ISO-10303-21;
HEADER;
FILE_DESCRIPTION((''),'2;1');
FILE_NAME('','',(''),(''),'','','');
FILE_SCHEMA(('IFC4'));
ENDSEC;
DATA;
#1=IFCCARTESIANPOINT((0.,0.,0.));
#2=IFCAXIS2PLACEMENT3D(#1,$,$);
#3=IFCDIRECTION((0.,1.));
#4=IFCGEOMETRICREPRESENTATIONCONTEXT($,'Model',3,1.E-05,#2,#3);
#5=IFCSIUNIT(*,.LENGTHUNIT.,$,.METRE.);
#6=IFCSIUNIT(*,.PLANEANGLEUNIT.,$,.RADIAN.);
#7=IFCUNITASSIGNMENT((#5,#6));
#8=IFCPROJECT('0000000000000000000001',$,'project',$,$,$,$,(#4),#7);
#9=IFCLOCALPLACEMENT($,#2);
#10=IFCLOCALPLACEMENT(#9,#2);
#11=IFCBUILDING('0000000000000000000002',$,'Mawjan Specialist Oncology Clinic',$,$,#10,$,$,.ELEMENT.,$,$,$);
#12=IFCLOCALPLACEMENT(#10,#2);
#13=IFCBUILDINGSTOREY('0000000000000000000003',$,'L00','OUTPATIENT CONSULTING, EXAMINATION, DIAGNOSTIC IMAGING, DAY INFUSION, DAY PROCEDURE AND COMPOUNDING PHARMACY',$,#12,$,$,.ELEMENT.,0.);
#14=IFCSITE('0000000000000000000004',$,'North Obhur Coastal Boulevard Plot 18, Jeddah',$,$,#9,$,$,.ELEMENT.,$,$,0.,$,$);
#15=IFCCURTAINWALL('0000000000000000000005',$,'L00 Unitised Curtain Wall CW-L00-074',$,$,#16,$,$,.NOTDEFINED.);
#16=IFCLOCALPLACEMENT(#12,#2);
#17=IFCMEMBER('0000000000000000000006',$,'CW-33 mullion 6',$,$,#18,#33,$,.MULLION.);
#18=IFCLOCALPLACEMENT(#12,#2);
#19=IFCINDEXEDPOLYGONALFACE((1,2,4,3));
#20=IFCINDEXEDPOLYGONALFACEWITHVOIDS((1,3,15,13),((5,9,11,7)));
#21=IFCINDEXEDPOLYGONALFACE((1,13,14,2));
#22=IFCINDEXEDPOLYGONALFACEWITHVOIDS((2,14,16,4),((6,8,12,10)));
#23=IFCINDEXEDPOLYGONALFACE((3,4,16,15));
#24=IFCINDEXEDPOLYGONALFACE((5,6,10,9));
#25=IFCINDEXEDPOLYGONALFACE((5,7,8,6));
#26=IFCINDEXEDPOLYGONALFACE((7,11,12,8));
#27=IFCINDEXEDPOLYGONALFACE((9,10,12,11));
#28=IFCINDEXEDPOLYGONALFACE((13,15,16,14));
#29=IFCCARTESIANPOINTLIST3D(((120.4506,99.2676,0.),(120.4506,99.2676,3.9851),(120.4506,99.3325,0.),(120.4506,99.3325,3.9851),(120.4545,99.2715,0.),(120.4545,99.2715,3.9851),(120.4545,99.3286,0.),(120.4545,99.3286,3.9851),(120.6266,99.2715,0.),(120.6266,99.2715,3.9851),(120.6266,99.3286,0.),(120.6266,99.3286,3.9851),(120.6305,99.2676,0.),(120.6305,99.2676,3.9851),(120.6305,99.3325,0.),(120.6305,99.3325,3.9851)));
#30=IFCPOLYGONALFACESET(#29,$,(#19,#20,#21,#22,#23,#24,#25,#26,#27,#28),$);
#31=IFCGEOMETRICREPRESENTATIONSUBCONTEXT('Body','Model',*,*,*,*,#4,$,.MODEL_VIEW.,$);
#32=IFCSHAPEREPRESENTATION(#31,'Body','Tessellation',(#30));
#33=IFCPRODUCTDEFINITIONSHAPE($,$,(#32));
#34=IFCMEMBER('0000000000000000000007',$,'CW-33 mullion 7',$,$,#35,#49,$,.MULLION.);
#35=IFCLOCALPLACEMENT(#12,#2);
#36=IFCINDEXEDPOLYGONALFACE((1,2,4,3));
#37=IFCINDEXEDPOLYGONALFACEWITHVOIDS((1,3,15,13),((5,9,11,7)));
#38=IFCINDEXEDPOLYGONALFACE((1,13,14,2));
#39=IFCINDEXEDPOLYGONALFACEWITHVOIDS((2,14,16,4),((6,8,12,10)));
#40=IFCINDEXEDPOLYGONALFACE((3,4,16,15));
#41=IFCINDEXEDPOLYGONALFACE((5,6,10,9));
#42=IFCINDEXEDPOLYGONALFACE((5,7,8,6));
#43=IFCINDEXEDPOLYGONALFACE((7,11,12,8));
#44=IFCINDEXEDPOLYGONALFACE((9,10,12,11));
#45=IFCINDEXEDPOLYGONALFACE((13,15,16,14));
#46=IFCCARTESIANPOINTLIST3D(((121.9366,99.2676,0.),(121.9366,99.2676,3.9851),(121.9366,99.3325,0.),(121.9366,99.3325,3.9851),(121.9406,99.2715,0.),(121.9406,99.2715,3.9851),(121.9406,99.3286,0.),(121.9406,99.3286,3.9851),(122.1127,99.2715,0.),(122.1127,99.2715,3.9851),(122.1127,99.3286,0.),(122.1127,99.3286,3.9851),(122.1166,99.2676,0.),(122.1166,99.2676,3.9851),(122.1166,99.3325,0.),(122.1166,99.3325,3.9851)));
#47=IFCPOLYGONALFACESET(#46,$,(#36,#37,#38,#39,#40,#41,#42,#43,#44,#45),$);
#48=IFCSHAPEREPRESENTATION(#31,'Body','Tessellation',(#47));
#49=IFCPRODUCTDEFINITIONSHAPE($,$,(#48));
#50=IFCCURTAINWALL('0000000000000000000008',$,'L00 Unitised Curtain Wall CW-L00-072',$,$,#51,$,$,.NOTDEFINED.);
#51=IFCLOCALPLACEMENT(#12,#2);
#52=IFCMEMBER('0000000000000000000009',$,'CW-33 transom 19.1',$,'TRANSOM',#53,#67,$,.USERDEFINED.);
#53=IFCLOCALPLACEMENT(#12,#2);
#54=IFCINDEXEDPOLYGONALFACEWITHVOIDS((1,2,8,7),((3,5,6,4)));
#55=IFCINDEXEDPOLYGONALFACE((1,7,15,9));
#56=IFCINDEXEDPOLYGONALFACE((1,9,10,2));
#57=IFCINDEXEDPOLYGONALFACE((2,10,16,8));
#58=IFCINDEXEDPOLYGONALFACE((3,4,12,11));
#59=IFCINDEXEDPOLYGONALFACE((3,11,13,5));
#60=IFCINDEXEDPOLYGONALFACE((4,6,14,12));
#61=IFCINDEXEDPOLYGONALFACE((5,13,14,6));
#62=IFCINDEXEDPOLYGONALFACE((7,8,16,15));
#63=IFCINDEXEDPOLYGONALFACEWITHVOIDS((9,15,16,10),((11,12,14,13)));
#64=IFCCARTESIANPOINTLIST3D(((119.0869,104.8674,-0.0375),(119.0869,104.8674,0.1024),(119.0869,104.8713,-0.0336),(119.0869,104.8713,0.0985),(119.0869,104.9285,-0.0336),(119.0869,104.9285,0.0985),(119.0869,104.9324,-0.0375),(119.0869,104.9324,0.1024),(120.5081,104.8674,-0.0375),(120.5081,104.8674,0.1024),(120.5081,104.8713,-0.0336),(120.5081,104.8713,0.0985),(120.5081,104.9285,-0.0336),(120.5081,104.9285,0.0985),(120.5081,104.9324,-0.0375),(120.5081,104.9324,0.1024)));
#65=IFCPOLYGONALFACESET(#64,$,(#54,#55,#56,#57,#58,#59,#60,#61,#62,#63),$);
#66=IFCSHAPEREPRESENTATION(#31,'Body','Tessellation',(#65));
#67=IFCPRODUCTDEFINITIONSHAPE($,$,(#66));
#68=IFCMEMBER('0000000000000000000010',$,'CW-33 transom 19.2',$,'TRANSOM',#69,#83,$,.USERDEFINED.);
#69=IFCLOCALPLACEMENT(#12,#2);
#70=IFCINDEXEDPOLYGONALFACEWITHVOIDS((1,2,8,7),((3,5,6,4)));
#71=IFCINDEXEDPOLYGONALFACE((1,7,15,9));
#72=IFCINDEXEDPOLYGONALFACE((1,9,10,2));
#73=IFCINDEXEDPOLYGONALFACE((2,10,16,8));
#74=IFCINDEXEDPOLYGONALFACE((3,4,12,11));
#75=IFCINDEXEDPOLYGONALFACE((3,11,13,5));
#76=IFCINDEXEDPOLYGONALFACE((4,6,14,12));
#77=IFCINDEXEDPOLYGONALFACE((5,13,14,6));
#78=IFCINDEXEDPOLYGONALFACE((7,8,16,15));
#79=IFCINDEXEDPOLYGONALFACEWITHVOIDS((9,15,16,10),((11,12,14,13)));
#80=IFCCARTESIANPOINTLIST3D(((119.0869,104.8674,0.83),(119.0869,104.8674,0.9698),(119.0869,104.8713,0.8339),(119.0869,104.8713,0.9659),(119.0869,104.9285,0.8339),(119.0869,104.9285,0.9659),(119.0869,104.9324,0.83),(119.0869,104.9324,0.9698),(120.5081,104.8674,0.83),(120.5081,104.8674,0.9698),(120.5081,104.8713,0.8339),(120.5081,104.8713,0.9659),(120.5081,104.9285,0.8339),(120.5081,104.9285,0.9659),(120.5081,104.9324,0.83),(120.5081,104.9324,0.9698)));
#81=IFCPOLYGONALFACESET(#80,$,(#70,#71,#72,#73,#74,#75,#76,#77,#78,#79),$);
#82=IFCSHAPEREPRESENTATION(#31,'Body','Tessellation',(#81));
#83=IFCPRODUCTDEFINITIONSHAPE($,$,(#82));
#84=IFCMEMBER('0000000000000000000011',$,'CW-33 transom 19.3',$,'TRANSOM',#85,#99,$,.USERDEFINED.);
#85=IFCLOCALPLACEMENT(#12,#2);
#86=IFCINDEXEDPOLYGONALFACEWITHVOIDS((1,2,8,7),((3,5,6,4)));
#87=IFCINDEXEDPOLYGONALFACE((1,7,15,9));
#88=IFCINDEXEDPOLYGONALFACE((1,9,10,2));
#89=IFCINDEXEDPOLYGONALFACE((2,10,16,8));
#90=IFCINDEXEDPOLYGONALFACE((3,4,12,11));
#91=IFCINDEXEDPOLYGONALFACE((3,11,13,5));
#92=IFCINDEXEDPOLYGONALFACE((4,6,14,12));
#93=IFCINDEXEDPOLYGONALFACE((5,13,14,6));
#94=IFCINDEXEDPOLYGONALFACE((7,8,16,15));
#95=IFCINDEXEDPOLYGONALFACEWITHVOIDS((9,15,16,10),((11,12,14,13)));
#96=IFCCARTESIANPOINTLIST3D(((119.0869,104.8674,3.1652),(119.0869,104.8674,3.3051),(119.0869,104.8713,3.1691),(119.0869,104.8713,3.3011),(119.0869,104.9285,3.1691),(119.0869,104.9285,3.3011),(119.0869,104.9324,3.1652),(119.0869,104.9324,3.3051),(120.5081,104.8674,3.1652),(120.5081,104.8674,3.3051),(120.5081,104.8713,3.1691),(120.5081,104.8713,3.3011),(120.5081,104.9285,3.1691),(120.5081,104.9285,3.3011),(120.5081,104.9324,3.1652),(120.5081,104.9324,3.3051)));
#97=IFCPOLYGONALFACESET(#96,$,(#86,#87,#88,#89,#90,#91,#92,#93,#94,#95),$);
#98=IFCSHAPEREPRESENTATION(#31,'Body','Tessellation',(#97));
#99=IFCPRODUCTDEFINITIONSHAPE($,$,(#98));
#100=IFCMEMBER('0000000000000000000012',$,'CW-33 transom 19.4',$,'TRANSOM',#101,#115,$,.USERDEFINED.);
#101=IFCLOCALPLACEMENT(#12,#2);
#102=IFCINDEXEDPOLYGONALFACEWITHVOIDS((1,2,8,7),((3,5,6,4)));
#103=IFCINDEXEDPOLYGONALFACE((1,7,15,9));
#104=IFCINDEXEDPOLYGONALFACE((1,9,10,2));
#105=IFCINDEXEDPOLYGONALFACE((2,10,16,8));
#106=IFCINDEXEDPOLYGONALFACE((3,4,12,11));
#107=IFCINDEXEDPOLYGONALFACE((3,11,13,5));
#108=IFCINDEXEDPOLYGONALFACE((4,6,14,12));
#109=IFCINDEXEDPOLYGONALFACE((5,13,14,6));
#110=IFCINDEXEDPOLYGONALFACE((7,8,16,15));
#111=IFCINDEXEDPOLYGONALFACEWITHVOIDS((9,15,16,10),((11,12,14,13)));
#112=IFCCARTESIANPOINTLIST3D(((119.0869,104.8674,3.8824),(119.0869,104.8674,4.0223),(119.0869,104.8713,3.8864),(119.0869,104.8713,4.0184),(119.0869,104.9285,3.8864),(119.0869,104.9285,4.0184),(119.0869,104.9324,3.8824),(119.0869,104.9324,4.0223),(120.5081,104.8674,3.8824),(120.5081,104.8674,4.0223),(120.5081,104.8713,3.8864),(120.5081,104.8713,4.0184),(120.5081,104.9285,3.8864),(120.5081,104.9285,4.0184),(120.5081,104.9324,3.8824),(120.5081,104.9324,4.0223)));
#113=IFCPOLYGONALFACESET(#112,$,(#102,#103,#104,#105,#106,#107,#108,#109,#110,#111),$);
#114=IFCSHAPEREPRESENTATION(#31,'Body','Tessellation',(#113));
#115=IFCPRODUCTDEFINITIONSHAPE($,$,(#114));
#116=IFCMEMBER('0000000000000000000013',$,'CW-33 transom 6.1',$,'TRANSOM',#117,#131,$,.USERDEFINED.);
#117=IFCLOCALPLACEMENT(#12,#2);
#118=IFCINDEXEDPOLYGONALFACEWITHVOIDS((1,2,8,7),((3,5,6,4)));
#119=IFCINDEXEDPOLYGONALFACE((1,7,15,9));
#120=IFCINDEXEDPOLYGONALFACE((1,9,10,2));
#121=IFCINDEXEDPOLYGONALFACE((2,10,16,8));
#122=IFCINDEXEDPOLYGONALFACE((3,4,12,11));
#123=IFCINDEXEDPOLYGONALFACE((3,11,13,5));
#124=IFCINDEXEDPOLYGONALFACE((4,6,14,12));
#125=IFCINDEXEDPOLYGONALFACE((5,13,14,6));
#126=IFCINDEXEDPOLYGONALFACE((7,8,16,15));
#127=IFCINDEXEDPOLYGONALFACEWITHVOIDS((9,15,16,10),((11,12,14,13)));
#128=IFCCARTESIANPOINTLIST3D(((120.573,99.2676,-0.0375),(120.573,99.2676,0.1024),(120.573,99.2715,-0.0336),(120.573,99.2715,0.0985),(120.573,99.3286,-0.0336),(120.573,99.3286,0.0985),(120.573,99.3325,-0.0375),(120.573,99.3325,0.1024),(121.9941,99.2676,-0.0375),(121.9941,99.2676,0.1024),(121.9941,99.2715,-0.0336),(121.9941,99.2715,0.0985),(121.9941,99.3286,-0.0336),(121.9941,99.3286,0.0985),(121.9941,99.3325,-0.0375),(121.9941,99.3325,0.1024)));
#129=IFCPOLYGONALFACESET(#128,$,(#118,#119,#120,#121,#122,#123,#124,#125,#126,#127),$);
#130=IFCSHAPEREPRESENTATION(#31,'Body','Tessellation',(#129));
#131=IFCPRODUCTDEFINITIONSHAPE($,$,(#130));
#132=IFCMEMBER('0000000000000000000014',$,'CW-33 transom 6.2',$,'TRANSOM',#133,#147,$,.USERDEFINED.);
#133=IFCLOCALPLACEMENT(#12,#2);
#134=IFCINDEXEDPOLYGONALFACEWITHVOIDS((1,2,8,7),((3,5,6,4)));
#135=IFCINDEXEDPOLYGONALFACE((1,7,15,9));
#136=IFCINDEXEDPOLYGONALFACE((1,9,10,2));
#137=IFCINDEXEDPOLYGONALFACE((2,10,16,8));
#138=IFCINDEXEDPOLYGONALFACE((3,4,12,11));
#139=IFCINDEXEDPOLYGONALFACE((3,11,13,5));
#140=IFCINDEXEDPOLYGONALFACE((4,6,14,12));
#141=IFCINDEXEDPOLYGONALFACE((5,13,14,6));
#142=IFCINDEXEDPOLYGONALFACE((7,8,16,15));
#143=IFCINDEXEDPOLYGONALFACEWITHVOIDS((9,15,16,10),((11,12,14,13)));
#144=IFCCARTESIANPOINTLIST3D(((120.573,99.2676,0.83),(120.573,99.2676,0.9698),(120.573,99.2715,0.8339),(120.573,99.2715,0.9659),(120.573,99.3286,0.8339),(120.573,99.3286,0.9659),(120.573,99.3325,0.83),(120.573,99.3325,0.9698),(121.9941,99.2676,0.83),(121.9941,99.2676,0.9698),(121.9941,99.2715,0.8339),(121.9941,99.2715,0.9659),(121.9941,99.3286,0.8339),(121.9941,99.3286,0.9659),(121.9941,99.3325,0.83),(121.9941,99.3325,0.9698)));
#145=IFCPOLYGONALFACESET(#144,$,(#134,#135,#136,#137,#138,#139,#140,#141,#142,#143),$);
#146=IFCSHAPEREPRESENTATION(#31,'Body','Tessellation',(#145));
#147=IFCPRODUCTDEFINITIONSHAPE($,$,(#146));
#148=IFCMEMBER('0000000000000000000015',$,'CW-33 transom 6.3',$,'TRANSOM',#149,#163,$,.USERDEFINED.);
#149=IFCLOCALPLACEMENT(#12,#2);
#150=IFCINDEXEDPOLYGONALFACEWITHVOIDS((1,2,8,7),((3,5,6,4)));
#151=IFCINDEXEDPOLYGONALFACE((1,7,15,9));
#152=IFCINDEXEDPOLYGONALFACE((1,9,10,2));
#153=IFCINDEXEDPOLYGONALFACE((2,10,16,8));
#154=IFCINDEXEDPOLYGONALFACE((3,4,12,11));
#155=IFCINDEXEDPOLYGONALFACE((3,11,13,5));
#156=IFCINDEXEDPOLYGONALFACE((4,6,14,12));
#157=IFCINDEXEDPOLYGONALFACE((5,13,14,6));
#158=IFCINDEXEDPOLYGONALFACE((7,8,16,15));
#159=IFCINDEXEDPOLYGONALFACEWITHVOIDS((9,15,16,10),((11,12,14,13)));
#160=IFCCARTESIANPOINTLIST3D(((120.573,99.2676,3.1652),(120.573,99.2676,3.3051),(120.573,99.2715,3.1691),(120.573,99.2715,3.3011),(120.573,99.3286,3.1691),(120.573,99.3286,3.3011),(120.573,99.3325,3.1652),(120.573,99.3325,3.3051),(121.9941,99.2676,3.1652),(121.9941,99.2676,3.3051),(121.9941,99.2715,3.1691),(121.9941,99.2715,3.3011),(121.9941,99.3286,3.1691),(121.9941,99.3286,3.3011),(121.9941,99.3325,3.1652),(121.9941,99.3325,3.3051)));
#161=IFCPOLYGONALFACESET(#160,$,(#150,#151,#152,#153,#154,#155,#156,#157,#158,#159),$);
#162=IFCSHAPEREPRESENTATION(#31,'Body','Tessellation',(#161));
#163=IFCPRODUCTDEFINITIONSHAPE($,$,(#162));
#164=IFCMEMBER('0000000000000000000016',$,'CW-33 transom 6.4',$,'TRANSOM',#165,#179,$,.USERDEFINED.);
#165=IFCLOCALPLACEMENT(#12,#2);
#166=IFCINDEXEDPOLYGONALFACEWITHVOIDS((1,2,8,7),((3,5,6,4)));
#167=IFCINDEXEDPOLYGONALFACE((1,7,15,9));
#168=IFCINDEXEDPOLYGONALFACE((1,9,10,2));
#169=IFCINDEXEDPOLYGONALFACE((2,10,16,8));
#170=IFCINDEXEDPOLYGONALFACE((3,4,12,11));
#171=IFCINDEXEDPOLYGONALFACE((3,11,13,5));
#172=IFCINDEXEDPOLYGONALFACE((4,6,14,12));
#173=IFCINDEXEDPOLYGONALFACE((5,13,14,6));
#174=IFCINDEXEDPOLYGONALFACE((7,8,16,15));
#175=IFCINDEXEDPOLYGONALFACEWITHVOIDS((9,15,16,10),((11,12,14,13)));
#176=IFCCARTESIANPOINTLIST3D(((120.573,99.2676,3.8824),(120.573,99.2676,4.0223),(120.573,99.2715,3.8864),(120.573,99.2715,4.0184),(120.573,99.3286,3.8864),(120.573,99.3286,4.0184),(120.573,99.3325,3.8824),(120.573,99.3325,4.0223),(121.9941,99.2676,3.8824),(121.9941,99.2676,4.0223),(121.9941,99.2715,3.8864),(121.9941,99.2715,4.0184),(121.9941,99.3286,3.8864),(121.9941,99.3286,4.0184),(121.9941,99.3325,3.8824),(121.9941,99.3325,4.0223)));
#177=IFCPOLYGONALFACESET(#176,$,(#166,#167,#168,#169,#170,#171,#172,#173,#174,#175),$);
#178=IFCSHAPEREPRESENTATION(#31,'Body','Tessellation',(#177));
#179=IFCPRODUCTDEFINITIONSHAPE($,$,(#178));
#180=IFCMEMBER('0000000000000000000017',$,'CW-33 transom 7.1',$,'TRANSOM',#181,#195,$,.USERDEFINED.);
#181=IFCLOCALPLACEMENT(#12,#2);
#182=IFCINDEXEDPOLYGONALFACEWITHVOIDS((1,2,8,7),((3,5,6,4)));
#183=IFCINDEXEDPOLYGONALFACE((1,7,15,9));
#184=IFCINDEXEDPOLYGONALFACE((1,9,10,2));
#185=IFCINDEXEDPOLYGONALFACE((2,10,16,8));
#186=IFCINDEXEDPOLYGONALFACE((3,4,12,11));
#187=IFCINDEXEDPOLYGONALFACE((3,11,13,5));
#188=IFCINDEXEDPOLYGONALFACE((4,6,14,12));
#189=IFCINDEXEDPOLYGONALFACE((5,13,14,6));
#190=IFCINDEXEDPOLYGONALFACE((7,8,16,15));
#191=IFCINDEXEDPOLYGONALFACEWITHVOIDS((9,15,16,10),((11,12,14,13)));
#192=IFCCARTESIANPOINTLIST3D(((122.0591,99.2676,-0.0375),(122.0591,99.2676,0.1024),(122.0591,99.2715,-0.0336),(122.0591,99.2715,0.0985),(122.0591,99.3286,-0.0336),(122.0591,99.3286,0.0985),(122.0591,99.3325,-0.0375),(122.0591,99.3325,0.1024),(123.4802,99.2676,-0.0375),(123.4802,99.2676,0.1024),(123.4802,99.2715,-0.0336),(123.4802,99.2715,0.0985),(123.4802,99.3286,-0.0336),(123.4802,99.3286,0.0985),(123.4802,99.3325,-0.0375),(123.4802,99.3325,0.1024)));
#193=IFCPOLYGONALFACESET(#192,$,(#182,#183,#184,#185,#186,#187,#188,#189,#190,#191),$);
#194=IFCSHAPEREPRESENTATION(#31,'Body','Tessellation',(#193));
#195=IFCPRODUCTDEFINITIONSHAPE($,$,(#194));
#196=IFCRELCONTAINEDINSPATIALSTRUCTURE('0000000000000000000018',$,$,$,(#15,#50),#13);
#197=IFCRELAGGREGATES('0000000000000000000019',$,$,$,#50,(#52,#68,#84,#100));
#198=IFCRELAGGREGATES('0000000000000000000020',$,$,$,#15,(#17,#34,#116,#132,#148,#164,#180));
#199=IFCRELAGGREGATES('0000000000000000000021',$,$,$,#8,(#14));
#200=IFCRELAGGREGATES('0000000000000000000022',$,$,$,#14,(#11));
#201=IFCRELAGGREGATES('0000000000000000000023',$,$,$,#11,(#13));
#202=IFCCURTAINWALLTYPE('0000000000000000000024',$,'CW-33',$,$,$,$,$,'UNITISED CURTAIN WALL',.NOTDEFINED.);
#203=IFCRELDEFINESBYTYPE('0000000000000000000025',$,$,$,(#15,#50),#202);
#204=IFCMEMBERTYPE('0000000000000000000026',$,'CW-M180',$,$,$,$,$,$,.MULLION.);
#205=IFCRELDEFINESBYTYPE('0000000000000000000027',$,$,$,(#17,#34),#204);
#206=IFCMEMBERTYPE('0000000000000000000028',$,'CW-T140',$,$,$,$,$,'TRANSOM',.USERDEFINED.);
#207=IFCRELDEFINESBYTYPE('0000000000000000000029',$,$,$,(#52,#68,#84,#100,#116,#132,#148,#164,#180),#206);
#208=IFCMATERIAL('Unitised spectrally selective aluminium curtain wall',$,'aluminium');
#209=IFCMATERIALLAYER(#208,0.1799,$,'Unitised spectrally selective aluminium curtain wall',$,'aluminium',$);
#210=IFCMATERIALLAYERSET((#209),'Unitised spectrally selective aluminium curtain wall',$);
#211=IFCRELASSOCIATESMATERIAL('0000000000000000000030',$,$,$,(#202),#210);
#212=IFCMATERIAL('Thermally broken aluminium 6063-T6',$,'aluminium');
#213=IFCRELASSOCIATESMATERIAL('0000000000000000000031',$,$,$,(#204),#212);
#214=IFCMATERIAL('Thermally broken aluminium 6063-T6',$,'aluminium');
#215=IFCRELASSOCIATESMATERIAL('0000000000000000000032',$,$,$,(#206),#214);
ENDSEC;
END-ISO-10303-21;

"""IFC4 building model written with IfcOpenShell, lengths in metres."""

from ifc_helpers import new_model, si_unit, direction, frame, origin, origin_2d, place, context, subcontext, project, spatial, hollow_rectangle, extrude, material, layer, layer_set, material_profile, profile_set, type_object, element, aggregate, save


model = new_model("IFC4")

# Units and contexts
model_context = context("Model", 3, precision=1e-05, world=origin(), true_north=direction((0.0, 1.0)))
body_context = subcontext(model_context, "Body", "Model", "MODEL_VIEW")
ifc_project = project(units=[si_unit("LENGTHUNIT", "METRE"), si_unit("PLANEANGLEUNIT", "RADIAN")], contexts=[model_context])

# Site, building, storey
site_placement = place(None, origin())
site = spatial("IfcSite", under=ifc_project, at=site_placement, Name="North Obhur Coastal Boulevard Plot 18, Jeddah", CompositionType="ELEMENT", RefElevation=0.0)
building_placement = place(site_placement, origin())
building = spatial("IfcBuilding", under=site, at=building_placement, Name="Mawjan Specialist Oncology Clinic", CompositionType="ELEMENT")
storey_placement = place(building_placement, origin())
storey = spatial("IfcBuildingStorey", under=building, at=storey_placement, Name="L00", Description="OUTPATIENT CONSULTING, EXAMINATION, DIAGNOSTIC IMAGING, DAY INFUSION, DAY PROCEDURE AND COMPOUNDING PHARMACY", CompositionType="ELEMENT", Elevation=0.0)

# Curtain walls, members
ifc_material_1 = material(Name="Unitised spectrally selective aluminium curtain wall", Category="aluminium")
ifc_layer_1 = layer(ifc_material_1, 0.1799, Name="Unitised spectrally selective aluminium curtain wall", Category="aluminium")
ifc_layer_set_1 = layer_set([ifc_layer_1], Name="Unitised spectrally selective aluminium curtain wall")
curtain_wall_type = type_object("IfcCurtainWallType", Name="CW-33", ElementType="UNITISED CURTAIN WALL", PredefinedType="NOTDEFINED", material=ifc_layer_set_1)
curtain_wall_1_placement = place(storey_placement, origin())
curtain_wall_1 = element("IfcCurtainWall", 1, at=curtain_wall_1_placement, inside=storey, type_object=curtain_wall_type, Name="L00 Unitised Curtain Wall CW-L00-074", PredefinedType="NOTDEFINED")
ifc_material_2 = material(Name="Thermally broken aluminium 6063-T6", Category="aluminium")
ifc_material_profile_1 = material_profile(ifc_material_2, hollow_rectangle(XDim=0.0649, YDim=0.1799, WallThickness=0.0039, at=origin_2d()), Name="ALU MULLION 180x65x4", Category="aluminium")
ifc_profile_set_1 = profile_set([ifc_material_profile_1], Name="Thermally broken aluminium 6063-T6")
member_type_1 = type_object("IfcMemberType", Name="CW-M180", PredefinedType="MULLION", material=ifc_profile_set_1)
member_1_placement = place(storey_placement, frame((120.5405, 99.3, 0.0), z_axis=(0.0, 0.0, 1.0), x_axis=(0.0, 1.0, 0.0)))
member_1 = element("IfcMember", 2, at=member_1_placement, type_object=member_type_1, Name="CW-33 mullion 6", PredefinedType="MULLION", context=body_context, shape_type="SweptSolid", body=[
    extrude(hollow_rectangle(XDim=0.0649, YDim=0.1799, WallThickness=0.0039, at=origin_2d()), origin(), (0.0, 0.0, 1.0), 3.9851),
])
member_2_placement = place(storey_placement, frame((122.0266, 99.3, 0.0), z_axis=(0.0, 0.0, 1.0), x_axis=(0.0, 1.0, 0.0)))
member_2 = element("IfcMember", 3, at=member_2_placement, type_object=member_type_1, Name="CW-33 mullion 7", PredefinedType="MULLION", context=body_context, shape_type="SweptSolid", body=[
    extrude(hollow_rectangle(XDim=0.0649, YDim=0.1799, WallThickness=0.0039, at=origin_2d()), origin(), (0.0, 0.0, 1.0), 3.9851),
])
curtain_wall_2_placement = place(storey_placement, origin())
curtain_wall_2 = element("IfcCurtainWall", 4, at=curtain_wall_2_placement, inside=storey, type_object=curtain_wall_type, Name="L00 Unitised Curtain Wall CW-L00-072", PredefinedType="NOTDEFINED")
ifc_material_3 = material(Name="Thermally broken aluminium 6063-T6", Category="aluminium")
ifc_material_profile_2 = material_profile(ifc_material_3, hollow_rectangle(XDim=0.0649, YDim=0.1399, WallThickness=0.0039, at=origin_2d()), Name="ALU TRANSOM 140x65x4", Category="aluminium")
ifc_profile_set_2 = profile_set([ifc_material_profile_2], Name="Thermally broken aluminium 6063-T6")
member_type_2 = type_object("IfcMemberType", Name="CW-T140", ElementType="TRANSOM", PredefinedType="USERDEFINED", material=ifc_profile_set_2)
member_3_placement = place(storey_placement, frame((120.5081, 104.8999, 0.0325), z_axis=(-1.0, 0.0, 0.0), x_axis=(0.0, -1.0, 0.0)))
member_3 = element("IfcMember", 5, at=member_3_placement, type_object=member_type_2, Name="CW-33 transom 19.1", ObjectType="TRANSOM", PredefinedType="USERDEFINED", context=body_context, shape_type="SweptSolid", body=[
    extrude(hollow_rectangle(XDim=0.0649, YDim=0.1399, WallThickness=0.0039, at=origin_2d()), origin(), (0.0, 0.0, 1.0), 1.4211),
])
member_4_placement = place(storey_placement, frame((120.5081, 104.8999, 0.8999), z_axis=(-1.0, 0.0, 0.0), x_axis=(0.0, -1.0, 0.0)))
member_4 = element("IfcMember", 6, at=member_4_placement, type_object=member_type_2, Name="CW-33 transom 19.2", ObjectType="TRANSOM", PredefinedType="USERDEFINED", context=body_context, shape_type="SweptSolid", body=[
    extrude(hollow_rectangle(XDim=0.0649, YDim=0.1399, WallThickness=0.0039, at=origin_2d()), origin(), (0.0, 0.0, 1.0), 1.4211),
])
member_5_placement = place(storey_placement, frame((120.5081, 104.8999, 3.2351), z_axis=(-1.0, 0.0, 0.0), x_axis=(0.0, -1.0, 0.0)))
member_5 = element("IfcMember", 7, at=member_5_placement, type_object=member_type_2, Name="CW-33 transom 19.3", ObjectType="TRANSOM", PredefinedType="USERDEFINED", context=body_context, shape_type="SweptSolid", body=[
    extrude(hollow_rectangle(XDim=0.0649, YDim=0.1399, WallThickness=0.0039, at=origin_2d()), origin(), (0.0, 0.0, 1.0), 1.4211),
])
member_6_placement = place(storey_placement, frame((120.5081, 104.8999, 3.9524), z_axis=(-1.0, 0.0, 0.0), x_axis=(0.0, -1.0, 0.0)))
member_6 = element("IfcMember", 8, at=member_6_placement, type_object=member_type_2, Name="CW-33 transom 19.4", ObjectType="TRANSOM", PredefinedType="USERDEFINED", context=body_context, shape_type="SweptSolid", body=[
    extrude(hollow_rectangle(XDim=0.0649, YDim=0.1399, WallThickness=0.0039, at=origin_2d()), origin(), (0.0, 0.0, 1.0), 1.4211),
])

# Members
member_7_placement = place(storey_placement, frame((120.573, 99.3, 0.0325), z_axis=(1.0, 0.0, 0.0), x_axis=(0.0, 1.0, 0.0)))
member_7 = element("IfcMember", 9, at=member_7_placement, type_object=member_type_2, Name="CW-33 transom 6.1", ObjectType="TRANSOM", PredefinedType="USERDEFINED", context=body_context, shape_type="SweptSolid", body=[
    extrude(hollow_rectangle(XDim=0.0649, YDim=0.1399, WallThickness=0.0039, at=origin_2d()), origin(), (0.0, 0.0, 1.0), 1.4211),
])
member_8_placement = place(storey_placement, frame((120.573, 99.3, 0.8999), z_axis=(1.0, 0.0, 0.0), x_axis=(0.0, 1.0, 0.0)))
member_8 = element("IfcMember", 10, at=member_8_placement, type_object=member_type_2, Name="CW-33 transom 6.2", ObjectType="TRANSOM", PredefinedType="USERDEFINED", context=body_context, shape_type="SweptSolid", body=[
    extrude(hollow_rectangle(XDim=0.0649, YDim=0.1399, WallThickness=0.0039, at=origin_2d()), origin(), (0.0, 0.0, 1.0), 1.4211),
])
member_9_placement = place(storey_placement, frame((120.573, 99.3, 3.2351), z_axis=(1.0, 0.0, 0.0), x_axis=(0.0, 1.0, 0.0)))
member_9 = element("IfcMember", 11, at=member_9_placement, type_object=member_type_2, Name="CW-33 transom 6.3", ObjectType="TRANSOM", PredefinedType="USERDEFINED", context=body_context, shape_type="SweptSolid", body=[
    extrude(hollow_rectangle(XDim=0.0649, YDim=0.1399, WallThickness=0.0039, at=origin_2d()), origin(), (0.0, 0.0, 1.0), 1.4211),
])
member_10_placement = place(storey_placement, frame((120.573, 99.3, 3.9524), z_axis=(1.0, 0.0, 0.0), x_axis=(0.0, 1.0, 0.0)))
member_10 = element("IfcMember", 12, at=member_10_placement, type_object=member_type_2, Name="CW-33 transom 6.4", ObjectType="TRANSOM", PredefinedType="USERDEFINED", context=body_context, shape_type="SweptSolid", body=[
    extrude(hollow_rectangle(XDim=0.0649, YDim=0.1399, WallThickness=0.0039, at=origin_2d()), origin(), (0.0, 0.0, 1.0), 1.4211),
])
member_11_placement = place(storey_placement, frame((122.0591, 99.3, 0.0325), z_axis=(1.0, 0.0, 0.0), x_axis=(0.0, 1.0, 0.0)))
member_11 = element("IfcMember", 13, at=member_11_placement, type_object=member_type_2, Name="CW-33 transom 7.1", ObjectType="TRANSOM", PredefinedType="USERDEFINED", context=body_context, shape_type="SweptSolid", body=[
    extrude(hollow_rectangle(XDim=0.0649, YDim=0.1399, WallThickness=0.0039, at=origin_2d()), origin(), (0.0, 0.0, 1.0), 1.4211),
])

aggregate(curtain_wall_2, [member_3, member_4, member_5, member_6])
aggregate(curtain_wall_1, [member_1, member_2, member_7, member_8, member_9, member_10, member_11])

save(model, "model.ifc")
